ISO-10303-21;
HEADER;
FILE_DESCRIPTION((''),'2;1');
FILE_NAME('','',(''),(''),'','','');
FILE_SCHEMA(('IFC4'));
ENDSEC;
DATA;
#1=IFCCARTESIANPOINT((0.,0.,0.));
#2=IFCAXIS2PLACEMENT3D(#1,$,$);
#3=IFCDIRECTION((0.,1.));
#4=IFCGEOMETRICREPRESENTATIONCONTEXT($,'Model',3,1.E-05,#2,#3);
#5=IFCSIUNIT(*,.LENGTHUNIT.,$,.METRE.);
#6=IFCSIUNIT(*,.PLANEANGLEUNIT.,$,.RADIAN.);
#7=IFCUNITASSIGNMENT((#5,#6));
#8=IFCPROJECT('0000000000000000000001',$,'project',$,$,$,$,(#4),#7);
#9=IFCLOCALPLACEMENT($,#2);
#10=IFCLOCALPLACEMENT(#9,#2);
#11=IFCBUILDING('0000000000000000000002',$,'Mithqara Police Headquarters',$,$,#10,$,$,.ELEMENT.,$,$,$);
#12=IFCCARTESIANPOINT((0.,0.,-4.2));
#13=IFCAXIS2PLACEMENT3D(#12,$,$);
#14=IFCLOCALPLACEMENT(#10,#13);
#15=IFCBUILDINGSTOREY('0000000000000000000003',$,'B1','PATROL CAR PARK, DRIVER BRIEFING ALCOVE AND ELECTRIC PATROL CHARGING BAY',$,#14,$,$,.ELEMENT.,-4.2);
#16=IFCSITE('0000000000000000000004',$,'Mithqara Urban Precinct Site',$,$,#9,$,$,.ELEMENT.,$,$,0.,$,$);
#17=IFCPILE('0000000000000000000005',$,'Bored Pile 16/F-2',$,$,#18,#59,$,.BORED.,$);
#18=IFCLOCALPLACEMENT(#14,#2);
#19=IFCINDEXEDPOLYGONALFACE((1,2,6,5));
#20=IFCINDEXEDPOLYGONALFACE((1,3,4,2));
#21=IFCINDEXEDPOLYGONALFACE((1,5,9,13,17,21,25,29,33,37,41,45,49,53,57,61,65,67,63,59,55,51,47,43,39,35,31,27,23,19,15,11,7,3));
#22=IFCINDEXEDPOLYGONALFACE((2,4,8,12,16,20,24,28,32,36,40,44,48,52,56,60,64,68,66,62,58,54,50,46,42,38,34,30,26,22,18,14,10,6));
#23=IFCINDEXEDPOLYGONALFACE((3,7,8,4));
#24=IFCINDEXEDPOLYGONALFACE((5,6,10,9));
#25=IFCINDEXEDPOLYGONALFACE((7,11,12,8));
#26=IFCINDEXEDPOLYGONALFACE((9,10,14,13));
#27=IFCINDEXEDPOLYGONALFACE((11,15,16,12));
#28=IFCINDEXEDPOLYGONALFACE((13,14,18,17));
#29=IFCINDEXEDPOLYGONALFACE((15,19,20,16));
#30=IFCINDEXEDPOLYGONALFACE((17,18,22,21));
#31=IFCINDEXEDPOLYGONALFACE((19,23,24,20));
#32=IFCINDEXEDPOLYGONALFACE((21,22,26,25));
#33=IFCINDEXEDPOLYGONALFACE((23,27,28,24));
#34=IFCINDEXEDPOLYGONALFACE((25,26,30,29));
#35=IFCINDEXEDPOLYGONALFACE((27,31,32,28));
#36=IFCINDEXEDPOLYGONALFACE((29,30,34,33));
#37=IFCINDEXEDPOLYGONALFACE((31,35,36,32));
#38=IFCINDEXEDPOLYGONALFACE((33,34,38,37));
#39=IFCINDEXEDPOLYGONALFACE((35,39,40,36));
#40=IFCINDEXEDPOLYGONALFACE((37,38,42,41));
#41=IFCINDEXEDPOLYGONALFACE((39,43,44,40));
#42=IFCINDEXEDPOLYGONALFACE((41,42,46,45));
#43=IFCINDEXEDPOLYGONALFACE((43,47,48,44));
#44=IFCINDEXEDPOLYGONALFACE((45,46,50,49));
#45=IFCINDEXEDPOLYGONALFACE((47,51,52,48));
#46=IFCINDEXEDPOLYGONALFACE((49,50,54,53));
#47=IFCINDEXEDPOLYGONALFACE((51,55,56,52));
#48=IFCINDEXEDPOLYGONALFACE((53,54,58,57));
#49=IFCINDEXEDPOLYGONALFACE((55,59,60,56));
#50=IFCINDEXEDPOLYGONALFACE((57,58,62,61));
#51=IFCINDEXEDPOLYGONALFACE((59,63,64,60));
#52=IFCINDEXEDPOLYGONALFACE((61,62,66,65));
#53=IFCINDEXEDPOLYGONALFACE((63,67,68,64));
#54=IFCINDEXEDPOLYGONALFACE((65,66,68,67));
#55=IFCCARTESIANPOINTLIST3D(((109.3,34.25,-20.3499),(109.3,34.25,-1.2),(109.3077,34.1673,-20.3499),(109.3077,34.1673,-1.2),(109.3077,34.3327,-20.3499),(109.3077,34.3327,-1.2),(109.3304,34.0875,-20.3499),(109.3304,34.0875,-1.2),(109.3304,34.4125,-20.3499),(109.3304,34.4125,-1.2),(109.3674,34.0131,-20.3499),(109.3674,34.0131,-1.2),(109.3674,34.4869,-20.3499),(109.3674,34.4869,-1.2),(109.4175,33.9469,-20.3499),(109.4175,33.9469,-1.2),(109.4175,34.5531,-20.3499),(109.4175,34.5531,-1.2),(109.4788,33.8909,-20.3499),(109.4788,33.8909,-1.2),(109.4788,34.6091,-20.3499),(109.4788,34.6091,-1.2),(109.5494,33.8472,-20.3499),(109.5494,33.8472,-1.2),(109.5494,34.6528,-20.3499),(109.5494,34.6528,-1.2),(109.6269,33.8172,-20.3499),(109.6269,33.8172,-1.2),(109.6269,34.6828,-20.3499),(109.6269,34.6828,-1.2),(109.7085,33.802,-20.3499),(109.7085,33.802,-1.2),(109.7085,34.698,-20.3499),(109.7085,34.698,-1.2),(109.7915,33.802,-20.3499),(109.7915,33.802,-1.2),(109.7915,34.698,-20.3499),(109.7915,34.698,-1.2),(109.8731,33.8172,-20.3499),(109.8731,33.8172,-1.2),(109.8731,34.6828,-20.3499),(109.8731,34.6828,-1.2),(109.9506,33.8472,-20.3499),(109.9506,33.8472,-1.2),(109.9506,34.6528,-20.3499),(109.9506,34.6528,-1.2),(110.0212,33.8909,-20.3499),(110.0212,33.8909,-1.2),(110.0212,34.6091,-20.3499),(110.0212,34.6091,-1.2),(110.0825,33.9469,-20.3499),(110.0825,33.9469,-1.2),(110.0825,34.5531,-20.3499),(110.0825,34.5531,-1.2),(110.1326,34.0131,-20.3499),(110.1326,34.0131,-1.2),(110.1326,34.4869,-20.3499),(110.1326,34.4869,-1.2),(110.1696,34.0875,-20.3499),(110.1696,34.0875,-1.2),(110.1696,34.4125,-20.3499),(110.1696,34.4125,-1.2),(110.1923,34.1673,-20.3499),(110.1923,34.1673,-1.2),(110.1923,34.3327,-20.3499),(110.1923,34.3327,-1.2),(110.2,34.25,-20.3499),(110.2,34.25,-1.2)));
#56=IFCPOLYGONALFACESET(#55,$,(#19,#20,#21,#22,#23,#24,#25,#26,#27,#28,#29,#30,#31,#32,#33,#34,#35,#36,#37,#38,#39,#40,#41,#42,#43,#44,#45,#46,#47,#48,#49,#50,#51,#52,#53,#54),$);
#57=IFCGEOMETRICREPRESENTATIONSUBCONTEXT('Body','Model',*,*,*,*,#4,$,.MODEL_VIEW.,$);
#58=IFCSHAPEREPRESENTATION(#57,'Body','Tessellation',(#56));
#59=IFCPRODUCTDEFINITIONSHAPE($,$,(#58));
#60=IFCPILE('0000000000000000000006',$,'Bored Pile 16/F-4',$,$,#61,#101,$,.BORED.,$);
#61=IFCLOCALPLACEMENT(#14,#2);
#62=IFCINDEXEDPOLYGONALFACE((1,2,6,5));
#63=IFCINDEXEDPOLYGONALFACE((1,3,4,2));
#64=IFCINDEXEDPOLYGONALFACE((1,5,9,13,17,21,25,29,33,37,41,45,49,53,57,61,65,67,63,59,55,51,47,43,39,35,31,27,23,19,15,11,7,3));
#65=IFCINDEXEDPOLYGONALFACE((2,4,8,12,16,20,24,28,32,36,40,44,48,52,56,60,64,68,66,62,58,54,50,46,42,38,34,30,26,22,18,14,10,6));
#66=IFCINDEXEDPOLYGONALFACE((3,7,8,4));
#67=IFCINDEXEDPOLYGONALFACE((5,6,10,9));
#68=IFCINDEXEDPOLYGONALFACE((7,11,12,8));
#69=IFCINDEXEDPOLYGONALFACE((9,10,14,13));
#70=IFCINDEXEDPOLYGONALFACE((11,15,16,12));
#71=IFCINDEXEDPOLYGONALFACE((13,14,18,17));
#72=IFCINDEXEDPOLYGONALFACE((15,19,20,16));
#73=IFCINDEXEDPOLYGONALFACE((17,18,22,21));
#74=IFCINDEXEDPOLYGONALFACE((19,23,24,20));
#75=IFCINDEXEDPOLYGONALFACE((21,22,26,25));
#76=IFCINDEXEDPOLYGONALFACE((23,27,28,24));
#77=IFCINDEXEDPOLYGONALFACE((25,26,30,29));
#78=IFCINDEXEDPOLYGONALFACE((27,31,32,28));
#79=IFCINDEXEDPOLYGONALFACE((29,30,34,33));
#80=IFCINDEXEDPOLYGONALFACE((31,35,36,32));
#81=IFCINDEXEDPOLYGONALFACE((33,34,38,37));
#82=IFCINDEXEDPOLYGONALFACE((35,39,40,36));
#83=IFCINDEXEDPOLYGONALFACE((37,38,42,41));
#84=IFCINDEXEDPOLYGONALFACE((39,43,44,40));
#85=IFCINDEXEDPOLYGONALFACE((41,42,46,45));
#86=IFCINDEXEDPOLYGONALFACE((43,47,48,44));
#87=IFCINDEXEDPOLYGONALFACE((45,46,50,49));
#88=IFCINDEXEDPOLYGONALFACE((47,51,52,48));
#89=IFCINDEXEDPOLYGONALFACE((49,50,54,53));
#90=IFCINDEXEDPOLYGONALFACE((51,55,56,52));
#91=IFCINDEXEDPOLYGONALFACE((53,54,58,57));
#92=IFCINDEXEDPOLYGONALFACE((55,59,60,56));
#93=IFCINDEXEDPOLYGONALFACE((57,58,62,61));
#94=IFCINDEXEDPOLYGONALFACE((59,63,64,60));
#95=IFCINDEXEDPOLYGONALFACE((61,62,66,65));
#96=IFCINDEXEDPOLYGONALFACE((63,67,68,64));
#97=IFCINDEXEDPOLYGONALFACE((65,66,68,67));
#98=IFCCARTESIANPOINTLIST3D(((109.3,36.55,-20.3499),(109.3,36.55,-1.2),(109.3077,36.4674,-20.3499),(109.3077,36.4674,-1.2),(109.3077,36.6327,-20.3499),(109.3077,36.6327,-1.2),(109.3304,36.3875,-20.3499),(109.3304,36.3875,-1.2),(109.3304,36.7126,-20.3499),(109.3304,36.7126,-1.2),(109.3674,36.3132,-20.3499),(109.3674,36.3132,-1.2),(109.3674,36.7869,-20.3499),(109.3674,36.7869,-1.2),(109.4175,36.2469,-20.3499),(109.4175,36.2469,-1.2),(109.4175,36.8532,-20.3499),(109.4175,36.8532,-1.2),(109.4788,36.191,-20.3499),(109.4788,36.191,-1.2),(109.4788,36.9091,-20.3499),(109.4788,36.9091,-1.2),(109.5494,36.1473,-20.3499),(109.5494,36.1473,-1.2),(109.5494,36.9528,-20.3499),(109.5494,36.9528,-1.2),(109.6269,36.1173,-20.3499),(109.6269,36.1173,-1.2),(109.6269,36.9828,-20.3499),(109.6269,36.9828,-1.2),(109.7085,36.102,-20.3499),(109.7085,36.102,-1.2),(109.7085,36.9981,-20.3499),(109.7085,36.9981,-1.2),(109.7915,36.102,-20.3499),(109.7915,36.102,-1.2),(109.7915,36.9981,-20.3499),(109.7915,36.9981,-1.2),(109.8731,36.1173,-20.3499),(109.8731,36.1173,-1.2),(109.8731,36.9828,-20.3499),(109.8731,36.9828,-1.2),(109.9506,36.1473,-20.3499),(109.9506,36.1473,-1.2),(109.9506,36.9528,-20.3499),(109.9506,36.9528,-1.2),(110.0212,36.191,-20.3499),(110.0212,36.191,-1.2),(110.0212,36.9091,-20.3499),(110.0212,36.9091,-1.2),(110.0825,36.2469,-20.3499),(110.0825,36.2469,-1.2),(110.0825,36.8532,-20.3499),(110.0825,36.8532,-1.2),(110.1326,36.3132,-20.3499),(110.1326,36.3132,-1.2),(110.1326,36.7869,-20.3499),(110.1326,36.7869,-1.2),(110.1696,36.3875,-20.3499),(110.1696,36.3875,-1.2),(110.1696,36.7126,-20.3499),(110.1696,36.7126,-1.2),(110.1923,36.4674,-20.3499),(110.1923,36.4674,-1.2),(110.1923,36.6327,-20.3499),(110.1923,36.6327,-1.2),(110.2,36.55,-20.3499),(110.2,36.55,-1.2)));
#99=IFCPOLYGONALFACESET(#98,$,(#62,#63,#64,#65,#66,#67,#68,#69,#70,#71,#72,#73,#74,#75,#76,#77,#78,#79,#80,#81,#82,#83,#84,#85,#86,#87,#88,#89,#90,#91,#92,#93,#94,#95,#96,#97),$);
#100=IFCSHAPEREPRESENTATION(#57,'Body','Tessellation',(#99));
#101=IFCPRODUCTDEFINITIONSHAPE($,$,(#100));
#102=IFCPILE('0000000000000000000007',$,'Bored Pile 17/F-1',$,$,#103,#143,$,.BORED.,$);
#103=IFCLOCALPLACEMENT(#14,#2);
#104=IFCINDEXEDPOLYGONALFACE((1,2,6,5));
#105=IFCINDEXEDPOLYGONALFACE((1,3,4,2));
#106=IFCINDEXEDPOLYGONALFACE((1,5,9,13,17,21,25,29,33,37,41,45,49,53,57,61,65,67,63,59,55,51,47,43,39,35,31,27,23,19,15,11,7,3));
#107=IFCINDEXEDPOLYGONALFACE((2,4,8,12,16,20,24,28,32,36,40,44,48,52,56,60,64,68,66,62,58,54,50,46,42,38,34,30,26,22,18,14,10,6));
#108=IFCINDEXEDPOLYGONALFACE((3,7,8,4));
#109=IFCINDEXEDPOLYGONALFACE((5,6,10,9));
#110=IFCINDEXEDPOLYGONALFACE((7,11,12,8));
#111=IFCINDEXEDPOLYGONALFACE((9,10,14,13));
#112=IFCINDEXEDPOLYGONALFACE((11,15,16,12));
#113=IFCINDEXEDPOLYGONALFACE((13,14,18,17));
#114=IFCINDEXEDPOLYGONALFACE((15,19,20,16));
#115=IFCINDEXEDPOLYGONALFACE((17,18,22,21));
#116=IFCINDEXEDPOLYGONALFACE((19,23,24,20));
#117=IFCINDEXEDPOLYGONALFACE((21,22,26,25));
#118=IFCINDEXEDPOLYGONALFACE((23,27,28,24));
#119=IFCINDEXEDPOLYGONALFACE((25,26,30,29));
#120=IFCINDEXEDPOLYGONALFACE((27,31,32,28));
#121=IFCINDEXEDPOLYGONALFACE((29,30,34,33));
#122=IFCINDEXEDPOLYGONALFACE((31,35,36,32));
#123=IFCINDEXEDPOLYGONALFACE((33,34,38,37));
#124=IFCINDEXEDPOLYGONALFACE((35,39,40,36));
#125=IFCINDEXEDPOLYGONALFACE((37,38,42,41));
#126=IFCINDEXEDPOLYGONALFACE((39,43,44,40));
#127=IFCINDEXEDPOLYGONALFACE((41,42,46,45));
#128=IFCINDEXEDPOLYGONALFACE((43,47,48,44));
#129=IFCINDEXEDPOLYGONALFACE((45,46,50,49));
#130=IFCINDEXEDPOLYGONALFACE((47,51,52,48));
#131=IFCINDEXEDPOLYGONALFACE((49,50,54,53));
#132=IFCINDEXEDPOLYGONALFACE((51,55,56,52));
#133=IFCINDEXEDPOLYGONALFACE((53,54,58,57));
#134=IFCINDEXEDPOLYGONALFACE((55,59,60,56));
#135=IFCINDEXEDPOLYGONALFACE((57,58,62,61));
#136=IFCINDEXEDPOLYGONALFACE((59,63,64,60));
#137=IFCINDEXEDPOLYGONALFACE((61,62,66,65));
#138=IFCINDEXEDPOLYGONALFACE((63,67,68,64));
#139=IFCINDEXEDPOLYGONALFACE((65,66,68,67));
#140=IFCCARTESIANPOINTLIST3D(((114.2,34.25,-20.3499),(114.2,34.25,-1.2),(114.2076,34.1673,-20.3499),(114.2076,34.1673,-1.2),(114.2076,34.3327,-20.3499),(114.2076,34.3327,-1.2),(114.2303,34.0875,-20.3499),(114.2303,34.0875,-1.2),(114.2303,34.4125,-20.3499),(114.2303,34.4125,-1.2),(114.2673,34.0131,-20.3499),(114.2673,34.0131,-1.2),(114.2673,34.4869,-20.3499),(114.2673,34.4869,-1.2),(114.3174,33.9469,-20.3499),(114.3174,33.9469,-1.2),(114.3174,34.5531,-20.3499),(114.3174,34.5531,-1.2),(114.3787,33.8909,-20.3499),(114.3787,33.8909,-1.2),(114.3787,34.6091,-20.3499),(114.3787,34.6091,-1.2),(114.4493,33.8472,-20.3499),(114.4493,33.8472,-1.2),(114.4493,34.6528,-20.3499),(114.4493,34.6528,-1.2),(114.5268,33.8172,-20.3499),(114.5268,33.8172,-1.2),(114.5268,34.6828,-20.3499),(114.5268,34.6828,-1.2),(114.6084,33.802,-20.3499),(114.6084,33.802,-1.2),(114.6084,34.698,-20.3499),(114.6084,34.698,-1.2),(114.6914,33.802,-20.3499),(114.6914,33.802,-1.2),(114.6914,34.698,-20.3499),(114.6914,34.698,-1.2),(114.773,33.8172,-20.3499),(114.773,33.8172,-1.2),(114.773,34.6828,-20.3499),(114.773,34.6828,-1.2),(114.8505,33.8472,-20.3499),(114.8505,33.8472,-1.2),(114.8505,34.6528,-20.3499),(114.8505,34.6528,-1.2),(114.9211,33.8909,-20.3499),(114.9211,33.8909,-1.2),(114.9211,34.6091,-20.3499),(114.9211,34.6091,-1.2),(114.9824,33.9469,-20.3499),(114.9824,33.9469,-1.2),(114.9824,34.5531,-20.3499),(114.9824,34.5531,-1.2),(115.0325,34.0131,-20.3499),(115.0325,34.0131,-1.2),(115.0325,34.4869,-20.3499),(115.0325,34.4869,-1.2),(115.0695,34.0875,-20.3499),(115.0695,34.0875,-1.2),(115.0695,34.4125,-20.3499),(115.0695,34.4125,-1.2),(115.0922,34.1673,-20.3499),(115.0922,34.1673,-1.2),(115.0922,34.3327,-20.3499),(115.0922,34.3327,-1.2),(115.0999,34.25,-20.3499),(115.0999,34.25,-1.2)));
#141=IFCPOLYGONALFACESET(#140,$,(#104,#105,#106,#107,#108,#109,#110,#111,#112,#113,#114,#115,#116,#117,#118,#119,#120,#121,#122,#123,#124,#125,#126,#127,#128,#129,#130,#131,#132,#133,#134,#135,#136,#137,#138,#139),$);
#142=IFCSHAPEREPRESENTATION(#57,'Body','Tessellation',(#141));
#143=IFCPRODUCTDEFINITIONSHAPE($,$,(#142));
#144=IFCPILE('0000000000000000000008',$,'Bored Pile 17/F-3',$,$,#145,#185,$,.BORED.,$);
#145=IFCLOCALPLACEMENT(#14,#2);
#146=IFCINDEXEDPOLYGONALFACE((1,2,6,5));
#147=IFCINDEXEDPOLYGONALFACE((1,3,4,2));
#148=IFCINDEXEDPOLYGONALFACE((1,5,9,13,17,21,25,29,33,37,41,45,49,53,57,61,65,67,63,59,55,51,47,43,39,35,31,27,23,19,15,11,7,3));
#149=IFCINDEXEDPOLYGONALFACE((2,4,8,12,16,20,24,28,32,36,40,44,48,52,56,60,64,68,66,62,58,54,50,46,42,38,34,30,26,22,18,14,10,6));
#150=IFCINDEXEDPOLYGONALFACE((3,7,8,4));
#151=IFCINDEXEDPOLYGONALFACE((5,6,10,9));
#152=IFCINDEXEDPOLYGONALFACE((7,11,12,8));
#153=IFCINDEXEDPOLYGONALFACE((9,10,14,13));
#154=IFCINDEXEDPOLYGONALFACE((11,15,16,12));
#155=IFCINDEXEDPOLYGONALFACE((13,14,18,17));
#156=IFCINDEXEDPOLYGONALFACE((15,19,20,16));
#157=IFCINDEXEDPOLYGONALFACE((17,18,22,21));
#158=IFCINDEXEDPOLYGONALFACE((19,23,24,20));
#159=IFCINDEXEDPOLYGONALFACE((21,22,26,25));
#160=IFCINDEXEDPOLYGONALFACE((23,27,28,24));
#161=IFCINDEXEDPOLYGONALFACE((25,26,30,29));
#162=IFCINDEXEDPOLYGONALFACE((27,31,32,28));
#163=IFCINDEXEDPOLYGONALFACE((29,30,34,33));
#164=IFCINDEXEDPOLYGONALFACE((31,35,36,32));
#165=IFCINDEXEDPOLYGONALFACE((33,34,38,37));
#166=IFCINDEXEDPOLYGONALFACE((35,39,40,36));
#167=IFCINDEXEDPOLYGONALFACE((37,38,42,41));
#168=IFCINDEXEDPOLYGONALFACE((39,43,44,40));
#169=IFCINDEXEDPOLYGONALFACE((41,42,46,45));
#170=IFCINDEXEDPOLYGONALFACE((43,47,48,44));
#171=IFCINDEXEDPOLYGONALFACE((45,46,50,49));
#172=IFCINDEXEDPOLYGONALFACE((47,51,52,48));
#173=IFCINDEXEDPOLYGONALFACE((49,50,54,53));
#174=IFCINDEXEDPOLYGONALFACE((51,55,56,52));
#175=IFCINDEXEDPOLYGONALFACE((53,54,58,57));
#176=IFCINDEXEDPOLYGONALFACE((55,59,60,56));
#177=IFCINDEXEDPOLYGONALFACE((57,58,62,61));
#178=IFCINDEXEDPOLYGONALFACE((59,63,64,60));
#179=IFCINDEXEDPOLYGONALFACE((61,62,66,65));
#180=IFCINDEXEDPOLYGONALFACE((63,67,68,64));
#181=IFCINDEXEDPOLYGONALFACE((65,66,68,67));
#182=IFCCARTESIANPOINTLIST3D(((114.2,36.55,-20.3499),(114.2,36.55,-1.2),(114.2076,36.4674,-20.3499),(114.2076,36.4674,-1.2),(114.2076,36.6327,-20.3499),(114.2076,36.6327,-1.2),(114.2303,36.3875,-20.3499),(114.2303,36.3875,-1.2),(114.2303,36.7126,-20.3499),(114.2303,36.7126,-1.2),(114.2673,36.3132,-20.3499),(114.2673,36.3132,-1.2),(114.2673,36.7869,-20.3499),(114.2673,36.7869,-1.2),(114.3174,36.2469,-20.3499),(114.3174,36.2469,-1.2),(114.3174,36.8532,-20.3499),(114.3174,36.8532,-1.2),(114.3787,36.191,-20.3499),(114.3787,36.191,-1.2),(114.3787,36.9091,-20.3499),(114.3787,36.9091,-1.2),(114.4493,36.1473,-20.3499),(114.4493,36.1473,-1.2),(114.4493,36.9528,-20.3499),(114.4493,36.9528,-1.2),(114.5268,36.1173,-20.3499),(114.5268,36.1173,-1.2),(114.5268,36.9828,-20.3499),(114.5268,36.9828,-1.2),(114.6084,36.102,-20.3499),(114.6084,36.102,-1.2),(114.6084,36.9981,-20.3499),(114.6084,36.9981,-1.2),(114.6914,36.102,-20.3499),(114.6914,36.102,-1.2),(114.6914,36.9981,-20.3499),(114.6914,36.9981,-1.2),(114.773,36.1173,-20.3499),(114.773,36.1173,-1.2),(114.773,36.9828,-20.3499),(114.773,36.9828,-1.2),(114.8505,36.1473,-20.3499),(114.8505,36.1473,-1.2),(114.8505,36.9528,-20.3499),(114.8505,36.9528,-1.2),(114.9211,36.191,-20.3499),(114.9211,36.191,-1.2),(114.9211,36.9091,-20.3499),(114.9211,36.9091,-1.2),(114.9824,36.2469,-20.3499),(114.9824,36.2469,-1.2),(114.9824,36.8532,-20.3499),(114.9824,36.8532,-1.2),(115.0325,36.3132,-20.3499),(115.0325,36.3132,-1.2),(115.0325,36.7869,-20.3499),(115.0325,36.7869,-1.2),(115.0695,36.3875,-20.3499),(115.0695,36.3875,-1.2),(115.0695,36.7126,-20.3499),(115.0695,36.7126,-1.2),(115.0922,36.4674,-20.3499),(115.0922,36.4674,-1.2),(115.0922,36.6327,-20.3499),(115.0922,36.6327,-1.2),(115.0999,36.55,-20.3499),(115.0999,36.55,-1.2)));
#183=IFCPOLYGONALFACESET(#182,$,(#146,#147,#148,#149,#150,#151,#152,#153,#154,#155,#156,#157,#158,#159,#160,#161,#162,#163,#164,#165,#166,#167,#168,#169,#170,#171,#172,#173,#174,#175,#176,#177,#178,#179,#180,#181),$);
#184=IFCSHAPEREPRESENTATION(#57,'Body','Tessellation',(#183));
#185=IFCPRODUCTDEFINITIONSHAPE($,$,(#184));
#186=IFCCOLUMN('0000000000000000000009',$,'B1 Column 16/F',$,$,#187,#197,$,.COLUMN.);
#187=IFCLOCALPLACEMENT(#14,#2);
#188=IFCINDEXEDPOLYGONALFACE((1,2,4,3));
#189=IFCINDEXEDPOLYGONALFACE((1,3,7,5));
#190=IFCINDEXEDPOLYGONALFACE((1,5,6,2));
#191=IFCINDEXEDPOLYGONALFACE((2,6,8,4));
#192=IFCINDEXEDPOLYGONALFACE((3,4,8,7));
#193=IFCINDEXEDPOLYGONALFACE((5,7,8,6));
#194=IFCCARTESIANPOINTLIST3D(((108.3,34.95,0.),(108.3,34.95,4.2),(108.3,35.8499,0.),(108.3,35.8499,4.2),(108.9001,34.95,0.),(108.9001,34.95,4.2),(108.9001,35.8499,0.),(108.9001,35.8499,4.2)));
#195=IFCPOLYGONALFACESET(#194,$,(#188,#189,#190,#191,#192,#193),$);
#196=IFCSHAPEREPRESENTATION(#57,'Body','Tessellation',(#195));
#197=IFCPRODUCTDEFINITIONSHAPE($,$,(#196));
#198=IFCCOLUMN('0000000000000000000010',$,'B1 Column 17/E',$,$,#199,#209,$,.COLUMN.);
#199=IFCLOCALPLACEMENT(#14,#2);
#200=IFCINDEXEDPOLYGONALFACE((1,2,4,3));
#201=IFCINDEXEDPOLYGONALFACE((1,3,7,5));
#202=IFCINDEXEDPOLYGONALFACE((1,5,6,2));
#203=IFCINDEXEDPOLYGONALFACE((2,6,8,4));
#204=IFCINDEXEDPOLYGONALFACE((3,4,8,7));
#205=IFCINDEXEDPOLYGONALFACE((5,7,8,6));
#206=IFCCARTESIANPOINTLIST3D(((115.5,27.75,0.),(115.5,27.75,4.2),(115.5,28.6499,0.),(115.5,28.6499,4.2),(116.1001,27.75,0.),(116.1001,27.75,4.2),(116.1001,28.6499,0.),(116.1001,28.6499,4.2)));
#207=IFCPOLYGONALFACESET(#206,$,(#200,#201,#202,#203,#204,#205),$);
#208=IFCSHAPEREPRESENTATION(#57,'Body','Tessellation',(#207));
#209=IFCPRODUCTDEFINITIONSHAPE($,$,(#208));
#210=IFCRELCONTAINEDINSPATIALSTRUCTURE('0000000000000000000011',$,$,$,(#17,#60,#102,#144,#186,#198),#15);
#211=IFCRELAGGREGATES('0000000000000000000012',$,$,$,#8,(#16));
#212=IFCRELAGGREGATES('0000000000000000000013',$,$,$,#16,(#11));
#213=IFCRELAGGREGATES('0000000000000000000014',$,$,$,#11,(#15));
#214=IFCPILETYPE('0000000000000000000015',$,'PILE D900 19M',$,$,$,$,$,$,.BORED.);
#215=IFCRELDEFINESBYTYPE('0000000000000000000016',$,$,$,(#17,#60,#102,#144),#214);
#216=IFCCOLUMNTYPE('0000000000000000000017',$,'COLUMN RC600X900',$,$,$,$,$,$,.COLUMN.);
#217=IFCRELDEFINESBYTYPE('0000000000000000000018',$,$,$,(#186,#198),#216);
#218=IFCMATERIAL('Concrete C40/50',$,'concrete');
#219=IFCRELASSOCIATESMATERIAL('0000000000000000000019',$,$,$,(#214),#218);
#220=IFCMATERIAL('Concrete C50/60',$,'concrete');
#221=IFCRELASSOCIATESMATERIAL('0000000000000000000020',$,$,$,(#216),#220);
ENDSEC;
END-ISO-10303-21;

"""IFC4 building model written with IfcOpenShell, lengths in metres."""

from ifc_helpers import new_model, si_unit, direction, frame, origin, origin_2d, place, context, subcontext, project, spatial, rectangle, circle, extrude, material, material_profile, profile_set, type_object, element, save


model = new_model("IFC4")

# Units and contexts
model_context = context("Model", 3, precision=1e-05, world=origin(), true_north=direction((0.0, 1.0)))
body_context = subcontext(model_context, "Body", "Model", "MODEL_VIEW")
ifc_project = project(units=[si_unit("LENGTHUNIT", "METRE"), si_unit("PLANEANGLEUNIT", "RADIAN")], contexts=[model_context])

# Site, building, storey
site_placement = place(None, origin())
site = spatial("IfcSite", under=ifc_project, at=site_placement, Name="Mithqara Urban Precinct Site", CompositionType="ELEMENT", RefElevation=0.0)
building_placement = place(site_placement, origin())
building = spatial("IfcBuilding", under=site, at=building_placement, Name="Mithqara Police Headquarters", CompositionType="ELEMENT")
storey_placement = place(building_placement, frame((0.0, 0.0, -4.2)))
storey = spatial("IfcBuildingStorey", under=building, at=storey_placement, Name="B1", Description="PATROL CAR PARK, DRIVER BRIEFING ALCOVE AND ELECTRIC PATROL CHARGING BAY", CompositionType="ELEMENT", Elevation=-4.2)

# Shared definitions
ifc_material_1 = material(Name="Concrete C40/50", Category="concrete")

# Piles
ifc_material_profile_1 = material_profile(ifc_material_1, circle(Radius=0.45, at=origin_2d()), Name="PILE D900")
ifc_profile_set_1 = profile_set([ifc_material_profile_1], Name="Concrete C40/50")
pile_type_1 = type_object("IfcPileType", Name="PILE D900 19M", PredefinedType="BORED", material=ifc_profile_set_1)
for number, where, z_axis, x_axis, name in (
    (1, (109.75, 34.25, -1.2), (0.0, 0.0, -1.0), (1.0, 0.0, 0.0), "Bored Pile 16/F-2"),
    (2, (109.75, 36.55, -1.2), (0.0, 0.0, -1.0), (1.0, 0.0, 0.0), "Bored Pile 16/F-4"),
    (3, (114.6499, 34.25, -1.2), (0.0, 0.0, -1.0), (1.0, 0.0, 0.0), "Bored Pile 17/F-1"),
    (4, (114.6499, 36.55, -1.2), (0.0, 0.0, -1.0), (1.0, 0.0, 0.0), "Bored Pile 17/F-3"),
):
    element("IfcPile", number, at=place(storey_placement, frame(where, z_axis=z_axis, x_axis=x_axis)), inside=storey, type_object=pile_type_1, Name=name, PredefinedType="BORED", context=body_context, shape_type="SweptSolid", body=[
        extrude(circle(Radius=0.45, at=origin_2d()), origin(), (0.0, 0.0, 1.0), 19.1499),
    ])

# Columns
ifc_material_2 = material(Name="Concrete C50/60", Category="concrete")
ifc_material_profile_2 = material_profile(ifc_material_2, rectangle(XDim=0.6001, YDim=0.8999, at=origin_2d()), Name="RC 600x900")
ifc_profile_set_2 = profile_set([ifc_material_profile_2], Name="Concrete C50/60")
column_type_1 = type_object("IfcColumnType", Name="COLUMN RC600X900", PredefinedType="COLUMN", material=ifc_profile_set_2)
for number, where, z_axis, x_axis, name in (
    (5, (108.6001, 35.3999, 0.0), (0.0, 0.0, 1.0), (1.0, 0.0, 0.0), "B1 Column 16/F"),
    (6, (115.8, 28.2, 0.0), (0.0, 0.0, 1.0), (1.0, 0.0, 0.0), "B1 Column 17/E"),
):
    element("IfcColumn", number, at=place(storey_placement, frame(where, z_axis=z_axis, x_axis=x_axis)), inside=storey, type_object=column_type_1, Name=name, PredefinedType="COLUMN", context=body_context, shape_type="SweptSolid", body=[
        extrude(rectangle(XDim=0.6001, YDim=0.8999, at=origin_2d()), origin(), (0.0, 0.0, 1.0), 4.2),
    ])

save(model, "model.ifc")
